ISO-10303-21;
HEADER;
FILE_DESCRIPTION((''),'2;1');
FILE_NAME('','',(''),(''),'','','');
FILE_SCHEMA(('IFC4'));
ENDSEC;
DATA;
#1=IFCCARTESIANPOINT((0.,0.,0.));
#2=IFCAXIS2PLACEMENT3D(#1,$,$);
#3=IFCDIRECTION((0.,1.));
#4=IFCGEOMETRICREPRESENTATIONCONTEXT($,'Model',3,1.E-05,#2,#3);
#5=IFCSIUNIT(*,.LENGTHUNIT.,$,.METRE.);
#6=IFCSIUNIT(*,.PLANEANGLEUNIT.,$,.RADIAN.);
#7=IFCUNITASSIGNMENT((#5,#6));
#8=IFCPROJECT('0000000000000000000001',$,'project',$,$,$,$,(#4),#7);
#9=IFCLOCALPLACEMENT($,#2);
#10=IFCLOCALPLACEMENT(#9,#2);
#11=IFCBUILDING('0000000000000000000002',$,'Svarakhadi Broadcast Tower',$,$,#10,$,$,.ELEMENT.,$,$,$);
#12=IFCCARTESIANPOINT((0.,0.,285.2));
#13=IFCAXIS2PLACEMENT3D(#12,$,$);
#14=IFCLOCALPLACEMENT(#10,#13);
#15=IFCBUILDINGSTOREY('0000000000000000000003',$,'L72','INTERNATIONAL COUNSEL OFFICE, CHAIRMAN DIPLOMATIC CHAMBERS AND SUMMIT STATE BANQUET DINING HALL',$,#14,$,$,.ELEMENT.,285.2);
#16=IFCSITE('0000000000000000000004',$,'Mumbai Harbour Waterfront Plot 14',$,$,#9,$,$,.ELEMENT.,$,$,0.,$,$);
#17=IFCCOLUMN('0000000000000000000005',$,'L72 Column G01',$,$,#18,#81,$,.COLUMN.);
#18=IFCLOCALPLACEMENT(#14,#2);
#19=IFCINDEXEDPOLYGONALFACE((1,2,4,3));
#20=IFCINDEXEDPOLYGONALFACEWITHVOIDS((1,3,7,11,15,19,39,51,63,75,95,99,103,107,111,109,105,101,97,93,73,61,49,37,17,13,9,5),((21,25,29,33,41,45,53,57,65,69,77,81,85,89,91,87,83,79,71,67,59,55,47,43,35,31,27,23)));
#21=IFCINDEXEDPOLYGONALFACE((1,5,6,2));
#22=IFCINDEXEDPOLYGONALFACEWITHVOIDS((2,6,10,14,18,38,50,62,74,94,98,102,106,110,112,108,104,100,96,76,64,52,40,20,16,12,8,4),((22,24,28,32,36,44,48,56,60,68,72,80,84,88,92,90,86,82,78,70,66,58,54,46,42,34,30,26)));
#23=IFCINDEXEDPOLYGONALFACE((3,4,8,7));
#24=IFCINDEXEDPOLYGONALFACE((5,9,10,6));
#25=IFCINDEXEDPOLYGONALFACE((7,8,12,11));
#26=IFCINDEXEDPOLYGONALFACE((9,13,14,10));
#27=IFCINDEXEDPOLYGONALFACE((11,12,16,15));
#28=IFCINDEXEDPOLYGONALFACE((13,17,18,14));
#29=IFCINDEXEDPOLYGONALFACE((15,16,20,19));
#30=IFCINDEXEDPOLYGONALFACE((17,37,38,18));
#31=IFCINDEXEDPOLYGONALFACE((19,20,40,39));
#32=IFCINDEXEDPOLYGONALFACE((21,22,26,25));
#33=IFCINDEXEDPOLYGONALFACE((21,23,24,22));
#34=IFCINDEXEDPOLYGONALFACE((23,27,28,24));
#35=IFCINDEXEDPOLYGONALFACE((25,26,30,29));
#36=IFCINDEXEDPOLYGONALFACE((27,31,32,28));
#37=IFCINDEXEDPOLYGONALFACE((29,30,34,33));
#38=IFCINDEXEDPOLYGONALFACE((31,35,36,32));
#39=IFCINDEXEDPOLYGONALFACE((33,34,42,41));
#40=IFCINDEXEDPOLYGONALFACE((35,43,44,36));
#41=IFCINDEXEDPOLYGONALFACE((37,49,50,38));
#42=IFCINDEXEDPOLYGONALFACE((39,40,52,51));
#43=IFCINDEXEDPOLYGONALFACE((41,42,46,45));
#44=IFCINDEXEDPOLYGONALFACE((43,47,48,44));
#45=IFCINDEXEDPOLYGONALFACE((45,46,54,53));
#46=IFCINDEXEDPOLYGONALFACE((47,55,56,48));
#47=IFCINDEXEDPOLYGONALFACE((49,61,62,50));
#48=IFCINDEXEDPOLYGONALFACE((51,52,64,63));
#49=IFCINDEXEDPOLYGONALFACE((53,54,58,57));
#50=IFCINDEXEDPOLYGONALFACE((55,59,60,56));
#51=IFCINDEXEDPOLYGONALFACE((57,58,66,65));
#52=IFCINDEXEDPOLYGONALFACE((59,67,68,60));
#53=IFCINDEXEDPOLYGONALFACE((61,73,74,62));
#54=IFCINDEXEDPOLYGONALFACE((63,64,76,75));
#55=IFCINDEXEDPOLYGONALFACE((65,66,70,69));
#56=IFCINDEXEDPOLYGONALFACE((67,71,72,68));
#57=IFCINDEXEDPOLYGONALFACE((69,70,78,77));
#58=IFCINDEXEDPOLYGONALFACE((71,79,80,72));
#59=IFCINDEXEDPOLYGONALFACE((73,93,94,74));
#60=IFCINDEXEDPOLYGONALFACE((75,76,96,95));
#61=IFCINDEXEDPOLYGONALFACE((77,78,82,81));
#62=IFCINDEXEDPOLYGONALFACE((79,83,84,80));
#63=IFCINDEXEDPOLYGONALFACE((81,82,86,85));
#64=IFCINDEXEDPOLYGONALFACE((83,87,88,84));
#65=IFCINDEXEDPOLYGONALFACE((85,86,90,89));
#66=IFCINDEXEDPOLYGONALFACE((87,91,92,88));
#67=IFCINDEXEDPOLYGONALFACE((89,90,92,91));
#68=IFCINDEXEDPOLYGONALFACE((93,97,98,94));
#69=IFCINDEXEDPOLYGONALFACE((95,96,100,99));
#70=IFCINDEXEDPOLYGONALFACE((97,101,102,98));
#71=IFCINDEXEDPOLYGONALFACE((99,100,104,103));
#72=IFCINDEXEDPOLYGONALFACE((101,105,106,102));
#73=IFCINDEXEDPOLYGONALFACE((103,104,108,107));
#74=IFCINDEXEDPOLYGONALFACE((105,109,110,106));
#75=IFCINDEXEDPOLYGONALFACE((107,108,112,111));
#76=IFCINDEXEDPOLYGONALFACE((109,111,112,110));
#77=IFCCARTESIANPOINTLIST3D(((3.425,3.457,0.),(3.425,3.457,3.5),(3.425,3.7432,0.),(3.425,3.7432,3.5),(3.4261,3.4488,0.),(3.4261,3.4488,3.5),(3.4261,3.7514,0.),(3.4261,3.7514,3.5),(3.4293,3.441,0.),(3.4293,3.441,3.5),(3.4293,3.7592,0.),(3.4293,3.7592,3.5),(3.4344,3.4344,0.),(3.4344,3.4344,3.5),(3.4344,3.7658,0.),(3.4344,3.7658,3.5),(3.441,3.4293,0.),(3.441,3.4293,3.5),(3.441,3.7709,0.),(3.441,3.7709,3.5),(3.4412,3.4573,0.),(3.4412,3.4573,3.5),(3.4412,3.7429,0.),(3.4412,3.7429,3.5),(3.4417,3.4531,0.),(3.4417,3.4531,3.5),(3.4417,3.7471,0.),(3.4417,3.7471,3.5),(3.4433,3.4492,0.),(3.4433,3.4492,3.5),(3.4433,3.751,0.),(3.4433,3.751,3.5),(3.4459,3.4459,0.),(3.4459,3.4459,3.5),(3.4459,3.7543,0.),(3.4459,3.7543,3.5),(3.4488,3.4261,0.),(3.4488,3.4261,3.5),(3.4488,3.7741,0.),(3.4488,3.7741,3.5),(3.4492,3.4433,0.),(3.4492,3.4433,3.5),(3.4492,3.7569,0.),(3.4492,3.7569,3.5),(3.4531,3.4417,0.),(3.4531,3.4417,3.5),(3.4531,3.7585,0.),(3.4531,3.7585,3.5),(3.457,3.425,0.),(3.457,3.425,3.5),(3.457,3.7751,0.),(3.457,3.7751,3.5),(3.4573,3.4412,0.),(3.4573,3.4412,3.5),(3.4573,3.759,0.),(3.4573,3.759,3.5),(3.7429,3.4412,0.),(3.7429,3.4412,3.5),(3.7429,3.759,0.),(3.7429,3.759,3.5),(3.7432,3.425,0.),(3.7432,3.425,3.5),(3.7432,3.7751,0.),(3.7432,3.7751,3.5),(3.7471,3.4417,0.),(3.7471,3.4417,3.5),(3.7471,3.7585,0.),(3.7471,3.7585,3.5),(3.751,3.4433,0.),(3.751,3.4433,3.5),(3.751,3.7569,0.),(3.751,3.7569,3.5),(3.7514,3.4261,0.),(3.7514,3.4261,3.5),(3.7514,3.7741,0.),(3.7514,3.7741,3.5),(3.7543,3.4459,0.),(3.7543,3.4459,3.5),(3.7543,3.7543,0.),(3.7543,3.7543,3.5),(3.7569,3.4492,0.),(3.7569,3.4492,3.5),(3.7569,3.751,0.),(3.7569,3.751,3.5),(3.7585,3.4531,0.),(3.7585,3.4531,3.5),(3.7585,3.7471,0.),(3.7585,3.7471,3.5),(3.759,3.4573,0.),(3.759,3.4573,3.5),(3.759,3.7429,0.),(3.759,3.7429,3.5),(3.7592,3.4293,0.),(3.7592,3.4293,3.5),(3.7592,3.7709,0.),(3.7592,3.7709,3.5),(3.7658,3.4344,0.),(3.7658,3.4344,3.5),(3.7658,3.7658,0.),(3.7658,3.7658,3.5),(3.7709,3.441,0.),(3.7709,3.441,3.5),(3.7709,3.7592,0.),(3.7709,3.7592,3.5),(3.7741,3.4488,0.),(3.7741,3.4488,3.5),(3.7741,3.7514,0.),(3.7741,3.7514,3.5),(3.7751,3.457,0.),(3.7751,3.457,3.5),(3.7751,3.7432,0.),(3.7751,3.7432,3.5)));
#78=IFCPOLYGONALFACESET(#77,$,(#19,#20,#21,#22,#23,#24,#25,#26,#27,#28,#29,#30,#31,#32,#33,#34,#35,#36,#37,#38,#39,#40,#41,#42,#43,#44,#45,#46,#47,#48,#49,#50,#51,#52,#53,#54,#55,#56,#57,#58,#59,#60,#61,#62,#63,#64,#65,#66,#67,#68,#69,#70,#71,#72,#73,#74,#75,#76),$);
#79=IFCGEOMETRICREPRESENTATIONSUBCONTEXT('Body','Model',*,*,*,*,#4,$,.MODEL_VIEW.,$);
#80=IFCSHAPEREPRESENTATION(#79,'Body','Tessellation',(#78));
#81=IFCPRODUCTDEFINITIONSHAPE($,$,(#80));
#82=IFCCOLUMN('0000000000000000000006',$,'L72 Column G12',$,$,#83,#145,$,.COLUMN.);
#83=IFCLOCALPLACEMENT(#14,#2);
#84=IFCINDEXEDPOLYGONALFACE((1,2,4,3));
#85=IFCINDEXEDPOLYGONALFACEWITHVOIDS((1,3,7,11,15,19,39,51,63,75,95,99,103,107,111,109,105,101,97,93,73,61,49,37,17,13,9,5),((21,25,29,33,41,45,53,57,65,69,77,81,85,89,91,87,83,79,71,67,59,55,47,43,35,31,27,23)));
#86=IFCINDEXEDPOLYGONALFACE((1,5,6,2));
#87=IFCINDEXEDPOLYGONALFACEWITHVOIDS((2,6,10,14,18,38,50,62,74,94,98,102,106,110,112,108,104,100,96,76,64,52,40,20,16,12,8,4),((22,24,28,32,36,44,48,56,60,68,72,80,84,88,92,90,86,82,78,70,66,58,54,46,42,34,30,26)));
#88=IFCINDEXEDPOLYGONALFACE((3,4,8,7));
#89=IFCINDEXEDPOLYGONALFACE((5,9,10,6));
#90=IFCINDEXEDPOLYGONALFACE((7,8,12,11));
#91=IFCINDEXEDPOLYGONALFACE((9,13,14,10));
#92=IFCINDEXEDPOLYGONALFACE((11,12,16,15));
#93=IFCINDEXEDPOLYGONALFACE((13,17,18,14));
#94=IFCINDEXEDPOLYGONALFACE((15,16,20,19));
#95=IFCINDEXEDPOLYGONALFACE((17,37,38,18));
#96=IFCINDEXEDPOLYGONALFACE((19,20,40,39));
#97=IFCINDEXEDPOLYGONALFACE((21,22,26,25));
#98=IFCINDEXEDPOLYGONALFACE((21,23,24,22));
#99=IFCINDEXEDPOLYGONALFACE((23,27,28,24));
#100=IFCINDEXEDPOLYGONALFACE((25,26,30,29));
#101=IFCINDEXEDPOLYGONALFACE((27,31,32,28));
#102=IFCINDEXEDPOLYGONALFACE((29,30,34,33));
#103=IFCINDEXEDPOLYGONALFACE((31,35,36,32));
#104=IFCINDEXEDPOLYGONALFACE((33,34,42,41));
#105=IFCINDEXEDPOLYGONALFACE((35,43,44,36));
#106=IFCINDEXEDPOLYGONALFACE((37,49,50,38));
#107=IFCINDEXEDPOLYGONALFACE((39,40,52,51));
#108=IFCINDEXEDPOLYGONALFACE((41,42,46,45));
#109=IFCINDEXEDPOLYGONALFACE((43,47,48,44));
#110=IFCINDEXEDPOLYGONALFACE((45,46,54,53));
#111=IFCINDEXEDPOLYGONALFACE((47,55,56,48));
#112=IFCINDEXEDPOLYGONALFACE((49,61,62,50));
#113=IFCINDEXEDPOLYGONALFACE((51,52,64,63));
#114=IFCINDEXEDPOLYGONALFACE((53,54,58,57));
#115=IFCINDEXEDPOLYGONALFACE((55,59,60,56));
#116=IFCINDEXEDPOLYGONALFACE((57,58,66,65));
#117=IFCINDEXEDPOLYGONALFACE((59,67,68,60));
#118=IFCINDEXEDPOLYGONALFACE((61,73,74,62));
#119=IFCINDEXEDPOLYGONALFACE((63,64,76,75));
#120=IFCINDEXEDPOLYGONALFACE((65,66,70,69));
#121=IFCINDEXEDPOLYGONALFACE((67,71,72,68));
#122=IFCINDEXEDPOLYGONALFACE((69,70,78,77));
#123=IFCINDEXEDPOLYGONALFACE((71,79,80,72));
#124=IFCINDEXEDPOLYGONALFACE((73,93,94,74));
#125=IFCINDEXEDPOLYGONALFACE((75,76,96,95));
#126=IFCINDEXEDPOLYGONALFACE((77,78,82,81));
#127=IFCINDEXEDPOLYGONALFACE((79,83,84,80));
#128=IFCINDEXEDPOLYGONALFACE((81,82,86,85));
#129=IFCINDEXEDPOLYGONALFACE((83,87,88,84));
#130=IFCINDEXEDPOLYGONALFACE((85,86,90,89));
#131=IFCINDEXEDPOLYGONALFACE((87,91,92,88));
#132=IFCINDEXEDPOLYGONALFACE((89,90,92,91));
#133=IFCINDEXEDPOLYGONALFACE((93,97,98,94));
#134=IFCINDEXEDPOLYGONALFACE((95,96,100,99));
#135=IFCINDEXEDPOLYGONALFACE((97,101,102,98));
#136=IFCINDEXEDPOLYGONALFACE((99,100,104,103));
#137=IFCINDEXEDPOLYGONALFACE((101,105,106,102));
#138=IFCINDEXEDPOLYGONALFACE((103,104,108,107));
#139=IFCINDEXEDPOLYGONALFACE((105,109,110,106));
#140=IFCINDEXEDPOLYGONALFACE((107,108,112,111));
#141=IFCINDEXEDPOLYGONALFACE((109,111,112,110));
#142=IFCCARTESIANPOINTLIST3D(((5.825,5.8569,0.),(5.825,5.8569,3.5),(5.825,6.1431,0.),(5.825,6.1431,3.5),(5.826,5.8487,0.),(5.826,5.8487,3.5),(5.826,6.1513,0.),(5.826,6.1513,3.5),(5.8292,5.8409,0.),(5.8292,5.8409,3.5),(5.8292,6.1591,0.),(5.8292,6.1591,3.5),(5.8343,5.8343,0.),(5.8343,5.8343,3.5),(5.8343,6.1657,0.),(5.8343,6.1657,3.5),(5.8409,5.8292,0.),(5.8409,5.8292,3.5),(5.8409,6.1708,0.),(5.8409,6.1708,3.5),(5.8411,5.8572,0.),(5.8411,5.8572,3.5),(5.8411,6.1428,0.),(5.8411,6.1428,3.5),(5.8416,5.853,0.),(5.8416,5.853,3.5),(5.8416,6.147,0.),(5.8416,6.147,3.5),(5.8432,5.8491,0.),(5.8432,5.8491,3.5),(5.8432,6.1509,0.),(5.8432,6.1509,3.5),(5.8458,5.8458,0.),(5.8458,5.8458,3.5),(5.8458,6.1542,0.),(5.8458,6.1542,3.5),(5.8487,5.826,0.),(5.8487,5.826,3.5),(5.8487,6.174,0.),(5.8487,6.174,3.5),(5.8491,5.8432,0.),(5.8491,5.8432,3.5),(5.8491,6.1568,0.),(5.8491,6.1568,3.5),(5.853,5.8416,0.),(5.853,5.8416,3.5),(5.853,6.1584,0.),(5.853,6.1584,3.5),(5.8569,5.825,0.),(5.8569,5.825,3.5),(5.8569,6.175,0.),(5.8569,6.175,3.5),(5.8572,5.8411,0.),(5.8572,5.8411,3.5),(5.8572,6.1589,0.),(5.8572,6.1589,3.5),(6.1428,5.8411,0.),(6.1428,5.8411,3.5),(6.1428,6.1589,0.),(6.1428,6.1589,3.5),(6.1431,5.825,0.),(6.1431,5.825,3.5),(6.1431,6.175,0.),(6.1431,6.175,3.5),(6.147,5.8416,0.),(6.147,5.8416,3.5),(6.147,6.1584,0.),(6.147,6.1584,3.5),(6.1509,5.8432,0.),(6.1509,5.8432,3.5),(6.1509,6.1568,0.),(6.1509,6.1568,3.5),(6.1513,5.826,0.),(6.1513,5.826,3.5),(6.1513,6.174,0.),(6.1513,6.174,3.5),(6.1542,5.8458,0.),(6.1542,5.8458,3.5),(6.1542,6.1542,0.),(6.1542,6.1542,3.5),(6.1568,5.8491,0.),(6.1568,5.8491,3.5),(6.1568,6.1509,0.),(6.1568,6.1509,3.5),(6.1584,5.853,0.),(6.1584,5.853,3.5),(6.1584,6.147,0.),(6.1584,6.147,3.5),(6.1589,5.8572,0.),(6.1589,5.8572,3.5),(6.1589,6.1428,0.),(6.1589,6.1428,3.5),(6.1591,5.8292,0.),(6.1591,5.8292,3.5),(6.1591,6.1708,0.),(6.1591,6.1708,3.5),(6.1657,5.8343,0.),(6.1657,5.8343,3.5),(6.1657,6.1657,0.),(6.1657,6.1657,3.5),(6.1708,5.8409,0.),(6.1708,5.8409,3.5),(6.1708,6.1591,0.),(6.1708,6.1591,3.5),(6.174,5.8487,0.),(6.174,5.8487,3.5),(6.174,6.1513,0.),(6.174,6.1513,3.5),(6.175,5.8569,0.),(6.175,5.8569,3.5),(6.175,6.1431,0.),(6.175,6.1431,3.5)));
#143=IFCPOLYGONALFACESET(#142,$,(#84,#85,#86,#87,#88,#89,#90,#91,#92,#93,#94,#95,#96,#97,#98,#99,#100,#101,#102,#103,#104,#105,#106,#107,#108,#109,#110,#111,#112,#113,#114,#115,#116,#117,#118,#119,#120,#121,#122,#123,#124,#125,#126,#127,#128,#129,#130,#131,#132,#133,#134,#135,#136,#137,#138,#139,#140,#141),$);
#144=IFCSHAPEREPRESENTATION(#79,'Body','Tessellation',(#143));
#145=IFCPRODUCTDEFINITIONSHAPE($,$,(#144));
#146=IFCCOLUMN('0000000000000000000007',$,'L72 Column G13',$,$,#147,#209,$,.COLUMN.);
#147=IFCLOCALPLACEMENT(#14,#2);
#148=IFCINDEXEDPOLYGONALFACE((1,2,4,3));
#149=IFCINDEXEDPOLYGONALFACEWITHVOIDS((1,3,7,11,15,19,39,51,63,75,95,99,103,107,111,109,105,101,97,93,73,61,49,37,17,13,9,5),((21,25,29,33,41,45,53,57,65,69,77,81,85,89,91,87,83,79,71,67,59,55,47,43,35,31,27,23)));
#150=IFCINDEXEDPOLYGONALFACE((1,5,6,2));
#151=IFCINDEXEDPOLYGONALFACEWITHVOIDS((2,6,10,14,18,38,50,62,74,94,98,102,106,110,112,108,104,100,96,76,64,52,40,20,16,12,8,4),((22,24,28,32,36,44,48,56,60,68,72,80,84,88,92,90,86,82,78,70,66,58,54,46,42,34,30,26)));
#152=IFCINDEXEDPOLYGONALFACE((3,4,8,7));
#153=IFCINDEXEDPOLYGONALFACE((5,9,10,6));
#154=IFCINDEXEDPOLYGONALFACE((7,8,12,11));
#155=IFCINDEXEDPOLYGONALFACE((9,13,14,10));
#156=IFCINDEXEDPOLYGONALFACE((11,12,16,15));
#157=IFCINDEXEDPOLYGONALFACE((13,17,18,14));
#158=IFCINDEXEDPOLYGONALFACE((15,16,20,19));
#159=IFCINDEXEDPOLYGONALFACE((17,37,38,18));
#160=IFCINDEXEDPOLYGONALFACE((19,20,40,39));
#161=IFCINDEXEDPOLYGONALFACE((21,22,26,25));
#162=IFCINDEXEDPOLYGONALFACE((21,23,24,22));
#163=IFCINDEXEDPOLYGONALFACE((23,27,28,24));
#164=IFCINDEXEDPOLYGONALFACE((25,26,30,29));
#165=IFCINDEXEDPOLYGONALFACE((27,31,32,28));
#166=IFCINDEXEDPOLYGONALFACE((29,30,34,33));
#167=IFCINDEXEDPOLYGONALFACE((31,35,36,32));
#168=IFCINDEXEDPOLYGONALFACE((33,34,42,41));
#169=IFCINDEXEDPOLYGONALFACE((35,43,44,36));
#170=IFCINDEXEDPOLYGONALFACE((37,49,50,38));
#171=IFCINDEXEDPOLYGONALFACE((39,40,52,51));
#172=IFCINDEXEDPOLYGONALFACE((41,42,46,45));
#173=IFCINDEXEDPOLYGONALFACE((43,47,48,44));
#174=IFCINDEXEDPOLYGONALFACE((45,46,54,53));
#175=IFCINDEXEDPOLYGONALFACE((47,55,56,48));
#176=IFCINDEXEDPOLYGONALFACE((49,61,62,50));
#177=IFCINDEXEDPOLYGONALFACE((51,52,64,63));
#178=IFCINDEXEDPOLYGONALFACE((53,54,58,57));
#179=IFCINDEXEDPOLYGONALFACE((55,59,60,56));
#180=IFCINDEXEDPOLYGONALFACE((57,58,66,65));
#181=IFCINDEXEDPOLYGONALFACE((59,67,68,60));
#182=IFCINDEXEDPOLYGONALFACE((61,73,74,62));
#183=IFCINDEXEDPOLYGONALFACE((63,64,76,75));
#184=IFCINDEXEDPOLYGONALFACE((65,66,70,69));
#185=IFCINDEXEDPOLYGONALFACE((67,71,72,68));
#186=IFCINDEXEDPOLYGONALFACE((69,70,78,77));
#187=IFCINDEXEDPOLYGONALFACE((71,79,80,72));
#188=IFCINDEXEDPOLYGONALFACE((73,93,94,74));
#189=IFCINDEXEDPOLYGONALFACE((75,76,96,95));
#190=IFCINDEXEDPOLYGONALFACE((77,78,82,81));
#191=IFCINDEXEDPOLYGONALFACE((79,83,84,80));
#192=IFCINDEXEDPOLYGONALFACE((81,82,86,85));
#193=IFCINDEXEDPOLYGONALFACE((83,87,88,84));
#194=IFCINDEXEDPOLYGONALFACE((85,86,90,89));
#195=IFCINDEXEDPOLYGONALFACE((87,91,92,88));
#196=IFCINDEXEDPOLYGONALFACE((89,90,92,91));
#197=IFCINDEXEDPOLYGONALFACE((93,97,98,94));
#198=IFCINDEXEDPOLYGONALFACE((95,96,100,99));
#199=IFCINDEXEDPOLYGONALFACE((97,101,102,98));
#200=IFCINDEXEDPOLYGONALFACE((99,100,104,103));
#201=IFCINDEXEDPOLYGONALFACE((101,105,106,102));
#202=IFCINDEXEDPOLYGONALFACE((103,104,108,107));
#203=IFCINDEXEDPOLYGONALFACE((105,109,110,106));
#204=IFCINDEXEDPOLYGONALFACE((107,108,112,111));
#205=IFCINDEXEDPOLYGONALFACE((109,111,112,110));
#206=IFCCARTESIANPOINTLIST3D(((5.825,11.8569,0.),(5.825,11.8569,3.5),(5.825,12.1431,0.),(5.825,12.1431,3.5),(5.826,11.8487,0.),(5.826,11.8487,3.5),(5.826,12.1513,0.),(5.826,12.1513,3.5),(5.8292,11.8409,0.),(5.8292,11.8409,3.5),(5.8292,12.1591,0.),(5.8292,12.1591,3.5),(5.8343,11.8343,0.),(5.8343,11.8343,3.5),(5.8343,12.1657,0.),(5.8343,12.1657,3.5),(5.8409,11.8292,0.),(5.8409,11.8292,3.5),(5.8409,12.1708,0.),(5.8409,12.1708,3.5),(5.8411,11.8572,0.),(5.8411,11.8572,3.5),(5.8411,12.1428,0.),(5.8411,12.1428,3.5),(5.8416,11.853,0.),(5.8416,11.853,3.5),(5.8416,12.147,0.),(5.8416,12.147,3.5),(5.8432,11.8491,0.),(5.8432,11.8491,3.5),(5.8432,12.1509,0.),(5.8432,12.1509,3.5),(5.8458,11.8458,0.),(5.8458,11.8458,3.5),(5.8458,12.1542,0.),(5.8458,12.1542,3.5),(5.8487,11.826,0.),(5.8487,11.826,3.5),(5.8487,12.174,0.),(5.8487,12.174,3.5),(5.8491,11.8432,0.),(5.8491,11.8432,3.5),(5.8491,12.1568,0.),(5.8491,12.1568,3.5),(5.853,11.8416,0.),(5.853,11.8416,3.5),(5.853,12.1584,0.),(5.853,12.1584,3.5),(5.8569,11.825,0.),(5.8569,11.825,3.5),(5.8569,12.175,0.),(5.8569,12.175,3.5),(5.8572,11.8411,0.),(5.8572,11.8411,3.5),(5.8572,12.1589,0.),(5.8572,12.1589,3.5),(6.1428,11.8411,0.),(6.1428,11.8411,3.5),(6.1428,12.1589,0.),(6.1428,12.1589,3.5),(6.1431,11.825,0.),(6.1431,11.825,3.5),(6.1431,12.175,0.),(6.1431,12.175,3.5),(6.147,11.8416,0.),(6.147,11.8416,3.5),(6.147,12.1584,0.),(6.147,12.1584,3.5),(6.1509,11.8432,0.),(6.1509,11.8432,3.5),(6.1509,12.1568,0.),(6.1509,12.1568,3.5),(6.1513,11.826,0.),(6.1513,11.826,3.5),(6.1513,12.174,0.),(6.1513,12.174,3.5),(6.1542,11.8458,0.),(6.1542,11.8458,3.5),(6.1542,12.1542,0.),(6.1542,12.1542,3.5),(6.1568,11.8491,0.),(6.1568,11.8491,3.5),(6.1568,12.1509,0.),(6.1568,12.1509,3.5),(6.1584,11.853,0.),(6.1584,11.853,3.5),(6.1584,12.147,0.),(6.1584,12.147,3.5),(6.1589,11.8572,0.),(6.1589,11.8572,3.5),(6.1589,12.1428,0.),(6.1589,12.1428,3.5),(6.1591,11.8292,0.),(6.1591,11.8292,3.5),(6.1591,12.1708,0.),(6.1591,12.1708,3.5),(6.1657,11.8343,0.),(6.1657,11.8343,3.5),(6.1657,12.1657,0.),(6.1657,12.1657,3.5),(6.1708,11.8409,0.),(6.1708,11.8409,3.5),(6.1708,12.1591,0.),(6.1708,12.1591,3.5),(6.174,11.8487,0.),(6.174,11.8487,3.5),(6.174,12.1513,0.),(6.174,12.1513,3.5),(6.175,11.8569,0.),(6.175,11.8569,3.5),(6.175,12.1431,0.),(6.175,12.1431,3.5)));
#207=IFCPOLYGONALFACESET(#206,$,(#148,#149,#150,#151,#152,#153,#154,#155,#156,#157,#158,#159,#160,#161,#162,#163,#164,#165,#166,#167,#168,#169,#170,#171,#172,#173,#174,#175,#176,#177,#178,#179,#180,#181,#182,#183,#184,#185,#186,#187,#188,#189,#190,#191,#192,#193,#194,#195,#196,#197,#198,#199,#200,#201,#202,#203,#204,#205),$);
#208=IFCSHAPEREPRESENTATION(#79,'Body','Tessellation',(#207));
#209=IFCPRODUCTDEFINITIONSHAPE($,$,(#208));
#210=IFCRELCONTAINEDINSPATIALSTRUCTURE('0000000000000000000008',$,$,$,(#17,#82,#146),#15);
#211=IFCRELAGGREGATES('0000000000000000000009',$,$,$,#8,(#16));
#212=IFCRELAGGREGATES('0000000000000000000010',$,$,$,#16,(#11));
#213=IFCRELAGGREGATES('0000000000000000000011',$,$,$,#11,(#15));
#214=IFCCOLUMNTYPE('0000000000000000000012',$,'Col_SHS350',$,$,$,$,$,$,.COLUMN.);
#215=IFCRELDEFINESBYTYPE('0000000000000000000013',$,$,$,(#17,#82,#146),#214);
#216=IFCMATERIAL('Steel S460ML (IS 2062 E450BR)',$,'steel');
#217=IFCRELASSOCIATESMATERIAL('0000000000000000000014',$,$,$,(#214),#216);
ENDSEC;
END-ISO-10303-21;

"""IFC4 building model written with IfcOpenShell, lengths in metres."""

from ifc_helpers import new_model, si_unit, direction, frame, origin, origin_2d, place, context, subcontext, project, spatial, hollow_rectangle, extrude, material, material_profile, profile_set, type_object, element, save


model = new_model("IFC4")

# Units and contexts
model_context = context("Model", 3, precision=1e-05, world=origin(), true_north=direction((0.0, 1.0)))
body_context = subcontext(model_context, "Body", "Model", "MODEL_VIEW")
ifc_project = project(units=[si_unit("LENGTHUNIT", "METRE"), si_unit("PLANEANGLEUNIT", "RADIAN")], contexts=[model_context])

# Site, building, storey
site_placement = place(None, origin())
site = spatial("IfcSite", under=ifc_project, at=site_placement, Name="Mumbai Harbour Waterfront Plot 14", CompositionType="ELEMENT", RefElevation=0.0)
building_placement = place(site_placement, origin())
building = spatial("IfcBuilding", under=site, at=building_placement, Name="Svarakhadi Broadcast Tower", CompositionType="ELEMENT")
storey_placement = place(building_placement, frame((0.0, 0.0, 285.2)))
storey = spatial("IfcBuildingStorey", under=building, at=storey_placement, Name="L72", Description="INTERNATIONAL COUNSEL OFFICE, CHAIRMAN DIPLOMATIC CHAMBERS AND SUMMIT STATE BANQUET DINING HALL", CompositionType="ELEMENT", Elevation=285.2)

# Columns
ifc_material_1 = material(Name="Steel S460ML (IS 2062 E450BR)", Category="steel")
ifc_material_profile_1 = material_profile(ifc_material_1, hollow_rectangle(XDim=0.3501, YDim=0.3501, WallThickness=0.0161, InnerFilletRadius=0.0161, OuterFilletRadius=0.032, at=origin_2d()), Name="SHS 350x350x16")
ifc_profile_set_1 = profile_set([ifc_material_profile_1], Name="Steel S460ML (IS 2062 E450BR)")
column_type = type_object("IfcColumnType", Name="Col_SHS350", PredefinedType="COLUMN", material=ifc_profile_set_1)
for number, where, z_axis, x_axis, name in (
    (1, (3.6001, 3.6001, 0.0), (0.0, 0.0, 1.0), (1.0, 0.0, 0.0), "L72 Column G01"),
    (2, (6.0, 6.0, 0.0), (0.0, 0.0, 1.0), (1.0, 0.0, 0.0), "L72 Column G12"),
    (3, (6.0, 12.0, 0.0), (0.0, 0.0, 1.0), (1.0, 0.0, 0.0), "L72 Column G13"),
):
    element("IfcColumn", number, at=place(storey_placement, frame(where, z_axis=z_axis, x_axis=x_axis)), inside=storey, type_object=column_type, Name=name, PredefinedType="COLUMN", context=body_context, shape_type="SweptSolid", body=[
        extrude(hollow_rectangle(XDim=0.3501, YDim=0.3501, WallThickness=0.0161, InnerFilletRadius=0.0161, OuterFilletRadius=0.032, at=origin_2d()), origin(), (0.0, 0.0, 1.0), 3.5),
    ])

save(model, "model.ifc")
